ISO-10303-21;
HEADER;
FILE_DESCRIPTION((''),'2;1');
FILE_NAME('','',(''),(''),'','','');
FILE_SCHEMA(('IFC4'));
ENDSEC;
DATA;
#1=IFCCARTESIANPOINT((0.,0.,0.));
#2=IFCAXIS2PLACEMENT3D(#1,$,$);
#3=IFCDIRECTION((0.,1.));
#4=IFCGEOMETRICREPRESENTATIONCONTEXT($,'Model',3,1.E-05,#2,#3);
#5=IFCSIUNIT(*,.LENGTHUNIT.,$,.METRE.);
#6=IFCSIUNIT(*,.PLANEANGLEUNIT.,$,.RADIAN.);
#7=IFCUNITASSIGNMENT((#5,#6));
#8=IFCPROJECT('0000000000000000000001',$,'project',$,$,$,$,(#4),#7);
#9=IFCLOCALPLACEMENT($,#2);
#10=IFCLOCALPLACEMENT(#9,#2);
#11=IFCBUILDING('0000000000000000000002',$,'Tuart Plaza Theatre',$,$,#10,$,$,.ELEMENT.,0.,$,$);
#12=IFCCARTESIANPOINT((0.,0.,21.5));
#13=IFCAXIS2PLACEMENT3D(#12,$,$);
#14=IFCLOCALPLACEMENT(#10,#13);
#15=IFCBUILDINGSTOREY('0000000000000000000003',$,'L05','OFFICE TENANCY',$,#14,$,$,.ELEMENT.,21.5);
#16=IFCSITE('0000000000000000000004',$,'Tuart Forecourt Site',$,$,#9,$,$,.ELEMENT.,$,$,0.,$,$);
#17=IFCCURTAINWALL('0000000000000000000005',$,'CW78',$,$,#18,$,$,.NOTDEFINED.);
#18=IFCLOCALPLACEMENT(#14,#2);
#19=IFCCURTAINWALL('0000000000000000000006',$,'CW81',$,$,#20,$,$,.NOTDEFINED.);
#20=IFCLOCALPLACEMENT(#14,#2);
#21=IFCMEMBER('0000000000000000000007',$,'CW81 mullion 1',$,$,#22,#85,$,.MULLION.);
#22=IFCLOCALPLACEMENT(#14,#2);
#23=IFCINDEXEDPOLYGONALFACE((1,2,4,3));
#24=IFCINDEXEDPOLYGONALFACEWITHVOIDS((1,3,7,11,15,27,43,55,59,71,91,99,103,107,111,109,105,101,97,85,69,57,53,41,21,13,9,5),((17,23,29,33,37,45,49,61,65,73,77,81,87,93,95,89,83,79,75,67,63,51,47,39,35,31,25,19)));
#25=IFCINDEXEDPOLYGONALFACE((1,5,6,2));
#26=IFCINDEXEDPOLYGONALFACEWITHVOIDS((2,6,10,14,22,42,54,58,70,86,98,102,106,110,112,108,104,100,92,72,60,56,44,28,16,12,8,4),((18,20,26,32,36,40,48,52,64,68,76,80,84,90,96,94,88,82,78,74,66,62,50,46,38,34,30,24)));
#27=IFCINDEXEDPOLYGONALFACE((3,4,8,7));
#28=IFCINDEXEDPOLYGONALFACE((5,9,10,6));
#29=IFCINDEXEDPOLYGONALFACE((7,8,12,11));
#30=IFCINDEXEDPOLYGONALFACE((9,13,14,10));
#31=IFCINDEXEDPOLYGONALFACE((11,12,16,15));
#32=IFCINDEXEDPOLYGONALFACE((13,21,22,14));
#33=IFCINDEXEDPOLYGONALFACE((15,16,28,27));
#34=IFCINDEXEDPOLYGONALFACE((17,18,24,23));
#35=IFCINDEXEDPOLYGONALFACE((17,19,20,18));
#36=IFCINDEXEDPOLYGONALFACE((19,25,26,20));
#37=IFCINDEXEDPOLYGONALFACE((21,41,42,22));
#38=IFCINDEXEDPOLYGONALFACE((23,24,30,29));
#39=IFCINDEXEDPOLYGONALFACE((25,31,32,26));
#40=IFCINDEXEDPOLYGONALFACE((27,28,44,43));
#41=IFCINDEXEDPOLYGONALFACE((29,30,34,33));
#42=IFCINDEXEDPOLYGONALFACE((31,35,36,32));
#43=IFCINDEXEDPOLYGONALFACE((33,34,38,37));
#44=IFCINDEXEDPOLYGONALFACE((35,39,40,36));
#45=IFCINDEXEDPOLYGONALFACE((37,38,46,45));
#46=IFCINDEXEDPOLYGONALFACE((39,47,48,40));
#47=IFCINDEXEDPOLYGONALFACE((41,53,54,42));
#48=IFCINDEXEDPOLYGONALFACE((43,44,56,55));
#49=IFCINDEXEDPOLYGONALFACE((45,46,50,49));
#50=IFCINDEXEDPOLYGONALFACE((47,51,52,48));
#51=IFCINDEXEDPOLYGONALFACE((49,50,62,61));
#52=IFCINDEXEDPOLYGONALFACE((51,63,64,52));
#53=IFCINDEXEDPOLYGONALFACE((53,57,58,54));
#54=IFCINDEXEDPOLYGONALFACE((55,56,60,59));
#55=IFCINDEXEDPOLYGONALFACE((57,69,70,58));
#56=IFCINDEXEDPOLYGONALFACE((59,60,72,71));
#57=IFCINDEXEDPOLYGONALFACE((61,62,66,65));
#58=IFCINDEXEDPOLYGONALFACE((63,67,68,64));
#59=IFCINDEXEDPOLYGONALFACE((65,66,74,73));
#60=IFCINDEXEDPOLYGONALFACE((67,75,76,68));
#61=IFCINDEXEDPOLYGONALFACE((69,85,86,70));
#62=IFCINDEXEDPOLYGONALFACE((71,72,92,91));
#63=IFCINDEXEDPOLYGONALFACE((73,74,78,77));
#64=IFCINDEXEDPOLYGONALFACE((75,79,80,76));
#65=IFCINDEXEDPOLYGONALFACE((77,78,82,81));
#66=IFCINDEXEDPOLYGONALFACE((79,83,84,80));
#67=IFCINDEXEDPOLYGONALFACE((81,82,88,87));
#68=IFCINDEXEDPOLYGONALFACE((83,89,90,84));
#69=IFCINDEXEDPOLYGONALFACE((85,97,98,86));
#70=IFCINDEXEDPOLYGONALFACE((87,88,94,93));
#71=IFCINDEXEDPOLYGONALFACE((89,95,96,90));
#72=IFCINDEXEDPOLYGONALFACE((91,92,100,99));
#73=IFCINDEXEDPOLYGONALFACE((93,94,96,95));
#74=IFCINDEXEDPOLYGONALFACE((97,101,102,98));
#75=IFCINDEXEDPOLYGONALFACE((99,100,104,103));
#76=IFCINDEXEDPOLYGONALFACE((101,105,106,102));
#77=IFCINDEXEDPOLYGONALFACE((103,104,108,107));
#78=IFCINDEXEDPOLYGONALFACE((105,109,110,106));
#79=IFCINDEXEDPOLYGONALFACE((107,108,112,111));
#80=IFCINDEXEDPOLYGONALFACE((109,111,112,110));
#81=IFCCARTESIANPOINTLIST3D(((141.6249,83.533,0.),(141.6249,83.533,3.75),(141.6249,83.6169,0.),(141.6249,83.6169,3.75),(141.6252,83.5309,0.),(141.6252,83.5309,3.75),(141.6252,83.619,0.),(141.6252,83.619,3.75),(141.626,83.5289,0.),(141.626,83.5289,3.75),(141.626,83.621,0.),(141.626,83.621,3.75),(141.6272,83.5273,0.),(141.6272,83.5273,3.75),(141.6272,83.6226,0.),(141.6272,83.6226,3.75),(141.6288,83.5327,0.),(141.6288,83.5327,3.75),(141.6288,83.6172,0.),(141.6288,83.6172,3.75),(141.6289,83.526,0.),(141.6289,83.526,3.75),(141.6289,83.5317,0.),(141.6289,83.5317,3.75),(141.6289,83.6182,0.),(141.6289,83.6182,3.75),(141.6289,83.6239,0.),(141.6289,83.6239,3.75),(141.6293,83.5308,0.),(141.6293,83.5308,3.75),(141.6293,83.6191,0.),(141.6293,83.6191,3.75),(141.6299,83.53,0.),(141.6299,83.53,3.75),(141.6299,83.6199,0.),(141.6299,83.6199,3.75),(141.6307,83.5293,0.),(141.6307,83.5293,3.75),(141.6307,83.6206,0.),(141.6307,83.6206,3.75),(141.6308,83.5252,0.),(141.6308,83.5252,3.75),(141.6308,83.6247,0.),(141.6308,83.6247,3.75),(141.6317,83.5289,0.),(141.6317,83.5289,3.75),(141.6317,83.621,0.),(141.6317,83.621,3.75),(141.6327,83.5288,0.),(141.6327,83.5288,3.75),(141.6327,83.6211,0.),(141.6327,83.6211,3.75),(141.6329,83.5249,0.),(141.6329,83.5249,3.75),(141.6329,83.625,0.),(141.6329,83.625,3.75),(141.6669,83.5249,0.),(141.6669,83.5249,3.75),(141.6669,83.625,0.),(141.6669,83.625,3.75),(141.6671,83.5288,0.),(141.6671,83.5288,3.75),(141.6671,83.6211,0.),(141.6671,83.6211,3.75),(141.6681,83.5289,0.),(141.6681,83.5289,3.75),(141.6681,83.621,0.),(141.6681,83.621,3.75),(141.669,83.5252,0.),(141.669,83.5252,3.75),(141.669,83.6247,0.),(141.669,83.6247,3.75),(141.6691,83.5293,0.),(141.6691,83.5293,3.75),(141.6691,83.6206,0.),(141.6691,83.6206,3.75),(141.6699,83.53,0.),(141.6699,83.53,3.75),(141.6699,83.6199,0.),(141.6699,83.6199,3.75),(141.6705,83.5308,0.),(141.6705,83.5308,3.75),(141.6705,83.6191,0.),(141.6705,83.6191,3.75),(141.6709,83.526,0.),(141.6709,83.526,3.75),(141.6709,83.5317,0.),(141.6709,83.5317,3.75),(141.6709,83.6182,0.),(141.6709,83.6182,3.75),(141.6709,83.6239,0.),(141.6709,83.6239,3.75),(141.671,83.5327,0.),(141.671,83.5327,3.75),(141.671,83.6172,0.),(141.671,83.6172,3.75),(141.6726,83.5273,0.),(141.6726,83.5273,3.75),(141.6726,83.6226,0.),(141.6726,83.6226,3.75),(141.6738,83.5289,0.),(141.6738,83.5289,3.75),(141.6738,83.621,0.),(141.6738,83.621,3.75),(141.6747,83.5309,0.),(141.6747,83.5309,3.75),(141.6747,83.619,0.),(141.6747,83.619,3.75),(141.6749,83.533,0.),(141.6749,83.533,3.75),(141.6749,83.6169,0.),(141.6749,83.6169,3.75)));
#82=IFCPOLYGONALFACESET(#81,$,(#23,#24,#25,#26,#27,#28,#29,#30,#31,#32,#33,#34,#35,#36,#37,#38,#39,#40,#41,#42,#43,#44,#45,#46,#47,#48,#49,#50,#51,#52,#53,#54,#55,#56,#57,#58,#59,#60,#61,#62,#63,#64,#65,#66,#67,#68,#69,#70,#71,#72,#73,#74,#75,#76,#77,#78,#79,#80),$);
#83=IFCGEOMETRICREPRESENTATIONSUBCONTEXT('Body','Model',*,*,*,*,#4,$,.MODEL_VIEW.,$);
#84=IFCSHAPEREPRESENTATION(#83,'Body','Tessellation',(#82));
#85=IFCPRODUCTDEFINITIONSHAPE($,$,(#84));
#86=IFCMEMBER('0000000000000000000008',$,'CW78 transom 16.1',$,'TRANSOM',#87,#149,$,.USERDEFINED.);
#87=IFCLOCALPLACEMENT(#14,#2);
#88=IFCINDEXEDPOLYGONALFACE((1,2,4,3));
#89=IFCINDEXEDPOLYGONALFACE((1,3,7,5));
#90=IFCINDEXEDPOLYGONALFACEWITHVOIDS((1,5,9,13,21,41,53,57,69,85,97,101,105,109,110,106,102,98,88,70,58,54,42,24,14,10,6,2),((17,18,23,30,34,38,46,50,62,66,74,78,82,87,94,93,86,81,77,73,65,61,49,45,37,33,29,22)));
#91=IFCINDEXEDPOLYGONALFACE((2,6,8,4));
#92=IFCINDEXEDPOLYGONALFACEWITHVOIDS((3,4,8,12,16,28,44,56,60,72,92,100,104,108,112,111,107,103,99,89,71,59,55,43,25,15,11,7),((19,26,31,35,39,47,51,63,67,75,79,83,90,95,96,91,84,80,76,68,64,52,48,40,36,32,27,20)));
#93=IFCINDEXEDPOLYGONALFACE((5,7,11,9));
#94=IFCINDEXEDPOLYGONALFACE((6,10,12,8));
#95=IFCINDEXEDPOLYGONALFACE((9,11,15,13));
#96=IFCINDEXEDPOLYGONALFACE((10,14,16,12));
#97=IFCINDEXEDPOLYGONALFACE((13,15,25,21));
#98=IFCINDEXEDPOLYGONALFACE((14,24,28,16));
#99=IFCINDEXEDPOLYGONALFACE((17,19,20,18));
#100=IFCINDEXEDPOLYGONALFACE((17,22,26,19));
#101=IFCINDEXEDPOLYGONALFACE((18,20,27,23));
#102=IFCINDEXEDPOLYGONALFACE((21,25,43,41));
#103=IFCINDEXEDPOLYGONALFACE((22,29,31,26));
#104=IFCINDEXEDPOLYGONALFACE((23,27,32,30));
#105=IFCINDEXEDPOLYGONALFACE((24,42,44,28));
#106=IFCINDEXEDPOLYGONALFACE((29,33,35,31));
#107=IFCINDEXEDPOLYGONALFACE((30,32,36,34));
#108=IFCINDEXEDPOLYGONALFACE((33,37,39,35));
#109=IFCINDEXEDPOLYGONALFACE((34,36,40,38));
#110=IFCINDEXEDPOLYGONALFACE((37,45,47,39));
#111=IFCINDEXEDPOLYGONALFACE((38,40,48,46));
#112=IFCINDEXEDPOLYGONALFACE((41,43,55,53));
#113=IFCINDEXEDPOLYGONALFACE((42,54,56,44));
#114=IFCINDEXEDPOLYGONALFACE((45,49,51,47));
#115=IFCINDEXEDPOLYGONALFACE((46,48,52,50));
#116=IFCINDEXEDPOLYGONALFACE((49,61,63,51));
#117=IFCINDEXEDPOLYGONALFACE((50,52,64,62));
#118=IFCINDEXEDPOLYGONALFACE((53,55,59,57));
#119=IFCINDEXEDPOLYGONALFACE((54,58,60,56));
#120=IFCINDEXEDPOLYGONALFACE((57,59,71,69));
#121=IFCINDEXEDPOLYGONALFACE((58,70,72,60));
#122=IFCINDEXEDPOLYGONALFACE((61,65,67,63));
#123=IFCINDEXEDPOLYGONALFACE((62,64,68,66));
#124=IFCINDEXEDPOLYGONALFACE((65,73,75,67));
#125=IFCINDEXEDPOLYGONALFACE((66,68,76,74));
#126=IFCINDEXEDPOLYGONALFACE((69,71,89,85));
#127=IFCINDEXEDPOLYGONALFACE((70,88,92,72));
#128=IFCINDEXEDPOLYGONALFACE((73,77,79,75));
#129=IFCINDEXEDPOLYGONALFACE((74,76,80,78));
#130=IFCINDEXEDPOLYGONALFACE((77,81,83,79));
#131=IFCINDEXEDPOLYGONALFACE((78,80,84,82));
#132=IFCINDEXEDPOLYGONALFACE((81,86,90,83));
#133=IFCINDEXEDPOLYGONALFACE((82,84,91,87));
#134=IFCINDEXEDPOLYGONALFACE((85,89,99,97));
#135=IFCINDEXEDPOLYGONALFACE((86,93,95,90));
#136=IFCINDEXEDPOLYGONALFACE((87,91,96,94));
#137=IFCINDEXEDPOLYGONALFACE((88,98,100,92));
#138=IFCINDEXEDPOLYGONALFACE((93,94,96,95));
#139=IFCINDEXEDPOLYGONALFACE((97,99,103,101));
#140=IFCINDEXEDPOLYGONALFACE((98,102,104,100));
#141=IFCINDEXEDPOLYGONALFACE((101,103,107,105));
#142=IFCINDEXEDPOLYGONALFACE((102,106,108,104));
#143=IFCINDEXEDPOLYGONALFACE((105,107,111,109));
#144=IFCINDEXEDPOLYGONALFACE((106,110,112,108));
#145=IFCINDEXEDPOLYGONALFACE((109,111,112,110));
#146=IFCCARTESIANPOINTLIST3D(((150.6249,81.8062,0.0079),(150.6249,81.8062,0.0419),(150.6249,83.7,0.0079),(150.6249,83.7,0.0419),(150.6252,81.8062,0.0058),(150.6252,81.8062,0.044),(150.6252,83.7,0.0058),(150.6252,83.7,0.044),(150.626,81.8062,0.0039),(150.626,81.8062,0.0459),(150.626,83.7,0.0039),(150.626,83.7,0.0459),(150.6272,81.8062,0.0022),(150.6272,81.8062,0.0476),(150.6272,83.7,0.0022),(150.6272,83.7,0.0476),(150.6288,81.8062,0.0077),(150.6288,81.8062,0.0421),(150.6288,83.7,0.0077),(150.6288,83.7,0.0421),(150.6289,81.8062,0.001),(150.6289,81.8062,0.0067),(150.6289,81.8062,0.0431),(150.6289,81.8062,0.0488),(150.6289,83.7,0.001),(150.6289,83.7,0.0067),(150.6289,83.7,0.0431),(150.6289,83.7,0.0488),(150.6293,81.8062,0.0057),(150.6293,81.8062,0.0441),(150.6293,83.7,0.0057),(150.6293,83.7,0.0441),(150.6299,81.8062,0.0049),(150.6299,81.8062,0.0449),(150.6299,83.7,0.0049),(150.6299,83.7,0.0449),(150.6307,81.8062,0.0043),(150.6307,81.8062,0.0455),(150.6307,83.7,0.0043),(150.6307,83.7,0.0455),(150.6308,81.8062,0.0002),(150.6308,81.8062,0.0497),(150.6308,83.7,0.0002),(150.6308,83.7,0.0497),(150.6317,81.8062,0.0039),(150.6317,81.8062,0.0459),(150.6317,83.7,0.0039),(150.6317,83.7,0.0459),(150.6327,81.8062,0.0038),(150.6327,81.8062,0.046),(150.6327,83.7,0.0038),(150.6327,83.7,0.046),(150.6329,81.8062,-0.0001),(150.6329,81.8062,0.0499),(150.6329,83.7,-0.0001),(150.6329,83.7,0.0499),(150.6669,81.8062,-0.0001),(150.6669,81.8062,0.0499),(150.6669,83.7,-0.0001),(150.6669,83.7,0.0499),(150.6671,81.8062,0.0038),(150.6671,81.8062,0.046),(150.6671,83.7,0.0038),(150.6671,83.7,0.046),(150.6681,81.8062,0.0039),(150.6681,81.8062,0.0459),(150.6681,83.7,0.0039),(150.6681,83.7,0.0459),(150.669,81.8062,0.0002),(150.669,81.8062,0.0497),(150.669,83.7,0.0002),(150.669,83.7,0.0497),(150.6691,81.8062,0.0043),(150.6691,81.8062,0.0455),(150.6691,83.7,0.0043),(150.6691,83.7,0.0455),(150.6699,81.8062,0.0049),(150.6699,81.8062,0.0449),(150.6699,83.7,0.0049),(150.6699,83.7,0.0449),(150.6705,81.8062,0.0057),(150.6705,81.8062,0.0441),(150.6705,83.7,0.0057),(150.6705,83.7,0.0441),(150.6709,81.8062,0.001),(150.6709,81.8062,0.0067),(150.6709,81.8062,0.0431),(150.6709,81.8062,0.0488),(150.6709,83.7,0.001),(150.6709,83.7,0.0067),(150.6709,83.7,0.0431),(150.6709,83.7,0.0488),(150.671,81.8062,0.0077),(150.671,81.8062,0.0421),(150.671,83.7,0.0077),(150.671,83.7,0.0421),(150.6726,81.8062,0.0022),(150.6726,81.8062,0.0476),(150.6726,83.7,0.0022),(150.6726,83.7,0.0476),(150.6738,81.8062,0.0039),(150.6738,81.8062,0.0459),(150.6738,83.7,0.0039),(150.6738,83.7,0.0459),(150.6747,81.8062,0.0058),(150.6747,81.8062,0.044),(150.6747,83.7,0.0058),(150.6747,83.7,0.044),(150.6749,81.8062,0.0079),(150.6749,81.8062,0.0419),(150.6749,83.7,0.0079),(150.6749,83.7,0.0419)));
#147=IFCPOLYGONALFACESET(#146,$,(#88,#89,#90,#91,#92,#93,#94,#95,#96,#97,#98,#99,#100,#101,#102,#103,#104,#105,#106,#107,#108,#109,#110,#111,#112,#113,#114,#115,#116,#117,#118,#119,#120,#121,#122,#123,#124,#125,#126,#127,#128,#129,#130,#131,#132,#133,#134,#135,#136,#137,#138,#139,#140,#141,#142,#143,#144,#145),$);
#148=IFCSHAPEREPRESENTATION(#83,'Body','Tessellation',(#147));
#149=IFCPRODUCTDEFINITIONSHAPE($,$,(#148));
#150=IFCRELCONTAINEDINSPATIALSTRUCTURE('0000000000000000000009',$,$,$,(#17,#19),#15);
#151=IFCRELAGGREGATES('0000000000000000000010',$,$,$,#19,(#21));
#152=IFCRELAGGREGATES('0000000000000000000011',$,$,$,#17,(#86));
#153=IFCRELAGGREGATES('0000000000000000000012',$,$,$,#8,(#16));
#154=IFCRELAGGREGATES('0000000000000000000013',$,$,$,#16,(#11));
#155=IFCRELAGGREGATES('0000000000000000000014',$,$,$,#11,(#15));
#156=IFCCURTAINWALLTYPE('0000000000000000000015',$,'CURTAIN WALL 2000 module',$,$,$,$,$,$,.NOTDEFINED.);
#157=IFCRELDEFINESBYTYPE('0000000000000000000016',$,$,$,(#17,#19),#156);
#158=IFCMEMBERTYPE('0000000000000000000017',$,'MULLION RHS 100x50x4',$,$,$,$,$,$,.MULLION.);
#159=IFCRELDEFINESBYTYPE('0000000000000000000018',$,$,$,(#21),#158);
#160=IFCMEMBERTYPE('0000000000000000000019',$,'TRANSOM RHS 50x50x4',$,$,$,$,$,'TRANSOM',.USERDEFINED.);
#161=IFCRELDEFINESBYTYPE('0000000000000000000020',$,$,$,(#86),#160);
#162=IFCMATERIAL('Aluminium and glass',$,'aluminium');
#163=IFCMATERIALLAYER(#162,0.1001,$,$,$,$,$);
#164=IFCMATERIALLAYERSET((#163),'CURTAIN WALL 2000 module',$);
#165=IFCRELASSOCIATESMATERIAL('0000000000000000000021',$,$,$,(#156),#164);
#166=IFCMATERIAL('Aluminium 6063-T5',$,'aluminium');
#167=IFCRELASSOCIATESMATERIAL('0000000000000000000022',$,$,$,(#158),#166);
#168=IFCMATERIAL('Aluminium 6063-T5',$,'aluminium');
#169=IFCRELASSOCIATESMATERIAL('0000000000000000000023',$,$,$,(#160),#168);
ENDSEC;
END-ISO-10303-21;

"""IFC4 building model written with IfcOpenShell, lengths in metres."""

from ifc_helpers import new_model, si_unit, direction, frame, origin, origin_2d, place, context, subcontext, project, spatial, hollow_rectangle, extrude, material, layer, layer_set, material_profile, profile_set, type_object, element, aggregate, save


model = new_model("IFC4")

# Units and contexts
model_context = context("Model", 3, precision=1e-05, world=origin(), true_north=direction((0.0, 1.0)))
body_context = subcontext(model_context, "Body", "Model", "MODEL_VIEW")
ifc_project = project(units=[si_unit("LENGTHUNIT", "METRE"), si_unit("PLANEANGLEUNIT", "RADIAN")], contexts=[model_context])

# Site, building, storey
site_placement = place(None, origin())
site = spatial("IfcSite", under=ifc_project, at=site_placement, Name="Tuart Forecourt Site", CompositionType="ELEMENT", RefElevation=0.0)
building_placement = place(site_placement, origin())
building = spatial("IfcBuilding", under=site, at=building_placement, Name="Tuart Plaza Theatre", CompositionType="ELEMENT", ElevationOfRefHeight=0.0)
storey_placement = place(building_placement, frame((0.0, 0.0, 21.5)))
storey = spatial("IfcBuildingStorey", under=building, at=storey_placement, Name="L05", Description="OFFICE TENANCY", CompositionType="ELEMENT", Elevation=21.5)

# Curtain wall
ifc_material_1 = material(Name="Aluminium and glass", Category="aluminium")
ifc_layer_1 = layer(ifc_material_1, 0.1001)
ifc_layer_set_1 = layer_set([ifc_layer_1], Name="CURTAIN WALL 2000 module")
curtain_wall_type = type_object("IfcCurtainWallType", Name="CURTAIN WALL 2000 module", PredefinedType="NOTDEFINED", material=ifc_layer_set_1)
curtain_wall_1_placement = place(storey_placement, origin())
curtain_wall_1 = element("IfcCurtainWall", 1, at=curtain_wall_1_placement, inside=storey, type_object=curtain_wall_type, Name="CW78", PredefinedType="NOTDEFINED")
ifc_material_2 = material(Name="Aluminium 6063-T5", Category="aluminium")
ifc_material_profile_1 = material_profile(ifc_material_2, hollow_rectangle(XDim=0.05, YDim=0.1001, WallThickness=0.0039, InnerFilletRadius=0.0039, OuterFilletRadius=0.0081, at=origin_2d()), Name="RHS 100x50x4")
ifc_profile_set_1 = profile_set([ifc_material_profile_1], Name="Aluminium 6063-T5")
member_type_1 = type_object("IfcMemberType", Name="MULLION RHS 100x50x4", PredefinedType="MULLION", material=ifc_profile_set_1)

# Curtain wall, member
curtain_wall_2_placement = place(storey_placement, origin())
curtain_wall_2 = element("IfcCurtainWall", 2, at=curtain_wall_2_placement, inside=storey, type_object=curtain_wall_type, Name="CW81", PredefinedType="NOTDEFINED")
member_1_placement = place(storey_placement, frame((141.6499, 83.575, 0.0), z_axis=(0.0, 0.0, 1.0), x_axis=(-1.0, 0.0, 0.0)))
member_1 = element("IfcMember", 3, at=member_1_placement, type_object=member_type_1, Name="CW81 mullion 1", PredefinedType="MULLION", context=body_context, shape_type="SweptSolid", body=[
    extrude(hollow_rectangle(XDim=0.05, YDim=0.1001, WallThickness=0.0039, InnerFilletRadius=0.0039, OuterFilletRadius=0.0081, at=origin_2d()), origin(), (0.0, 0.0, 1.0), 3.75),
])

# Member
ifc_material_3 = material(Name="Aluminium 6063-T5", Category="aluminium")
ifc_material_profile_2 = material_profile(ifc_material_3, hollow_rectangle(XDim=0.05, YDim=0.05, WallThickness=0.0039, InnerFilletRadius=0.0039, OuterFilletRadius=0.0081, at=origin_2d()), Name="RHS 50x50x4")
ifc_profile_set_2 = profile_set([ifc_material_profile_2], Name="Aluminium 6063-T5")
member_type_2 = type_object("IfcMemberType", Name="TRANSOM RHS 50x50x4", ElementType="TRANSOM", PredefinedType="USERDEFINED", material=ifc_profile_set_2)
member_2_placement = place(storey_placement, frame((150.6499, 81.8062, 0.0249), z_axis=(0.0, 1.0, 0.0), x_axis=(-1.0, 0.0, 0.0)))
member_2 = element("IfcMember", 4, at=member_2_placement, type_object=member_type_2, Name="CW78 transom 16.1", ObjectType="TRANSOM", PredefinedType="USERDEFINED", context=body_context, shape_type="SweptSolid", body=[
    extrude(hollow_rectangle(XDim=0.05, YDim=0.05, WallThickness=0.0039, InnerFilletRadius=0.0039, OuterFilletRadius=0.0081, at=origin_2d()), origin(), (0.0, 0.0, 1.0), 1.8938),
])
aggregate(curtain_wall_2, [member_1])

aggregate(curtain_wall_1, [member_2])

save(model, "model.ifc")
